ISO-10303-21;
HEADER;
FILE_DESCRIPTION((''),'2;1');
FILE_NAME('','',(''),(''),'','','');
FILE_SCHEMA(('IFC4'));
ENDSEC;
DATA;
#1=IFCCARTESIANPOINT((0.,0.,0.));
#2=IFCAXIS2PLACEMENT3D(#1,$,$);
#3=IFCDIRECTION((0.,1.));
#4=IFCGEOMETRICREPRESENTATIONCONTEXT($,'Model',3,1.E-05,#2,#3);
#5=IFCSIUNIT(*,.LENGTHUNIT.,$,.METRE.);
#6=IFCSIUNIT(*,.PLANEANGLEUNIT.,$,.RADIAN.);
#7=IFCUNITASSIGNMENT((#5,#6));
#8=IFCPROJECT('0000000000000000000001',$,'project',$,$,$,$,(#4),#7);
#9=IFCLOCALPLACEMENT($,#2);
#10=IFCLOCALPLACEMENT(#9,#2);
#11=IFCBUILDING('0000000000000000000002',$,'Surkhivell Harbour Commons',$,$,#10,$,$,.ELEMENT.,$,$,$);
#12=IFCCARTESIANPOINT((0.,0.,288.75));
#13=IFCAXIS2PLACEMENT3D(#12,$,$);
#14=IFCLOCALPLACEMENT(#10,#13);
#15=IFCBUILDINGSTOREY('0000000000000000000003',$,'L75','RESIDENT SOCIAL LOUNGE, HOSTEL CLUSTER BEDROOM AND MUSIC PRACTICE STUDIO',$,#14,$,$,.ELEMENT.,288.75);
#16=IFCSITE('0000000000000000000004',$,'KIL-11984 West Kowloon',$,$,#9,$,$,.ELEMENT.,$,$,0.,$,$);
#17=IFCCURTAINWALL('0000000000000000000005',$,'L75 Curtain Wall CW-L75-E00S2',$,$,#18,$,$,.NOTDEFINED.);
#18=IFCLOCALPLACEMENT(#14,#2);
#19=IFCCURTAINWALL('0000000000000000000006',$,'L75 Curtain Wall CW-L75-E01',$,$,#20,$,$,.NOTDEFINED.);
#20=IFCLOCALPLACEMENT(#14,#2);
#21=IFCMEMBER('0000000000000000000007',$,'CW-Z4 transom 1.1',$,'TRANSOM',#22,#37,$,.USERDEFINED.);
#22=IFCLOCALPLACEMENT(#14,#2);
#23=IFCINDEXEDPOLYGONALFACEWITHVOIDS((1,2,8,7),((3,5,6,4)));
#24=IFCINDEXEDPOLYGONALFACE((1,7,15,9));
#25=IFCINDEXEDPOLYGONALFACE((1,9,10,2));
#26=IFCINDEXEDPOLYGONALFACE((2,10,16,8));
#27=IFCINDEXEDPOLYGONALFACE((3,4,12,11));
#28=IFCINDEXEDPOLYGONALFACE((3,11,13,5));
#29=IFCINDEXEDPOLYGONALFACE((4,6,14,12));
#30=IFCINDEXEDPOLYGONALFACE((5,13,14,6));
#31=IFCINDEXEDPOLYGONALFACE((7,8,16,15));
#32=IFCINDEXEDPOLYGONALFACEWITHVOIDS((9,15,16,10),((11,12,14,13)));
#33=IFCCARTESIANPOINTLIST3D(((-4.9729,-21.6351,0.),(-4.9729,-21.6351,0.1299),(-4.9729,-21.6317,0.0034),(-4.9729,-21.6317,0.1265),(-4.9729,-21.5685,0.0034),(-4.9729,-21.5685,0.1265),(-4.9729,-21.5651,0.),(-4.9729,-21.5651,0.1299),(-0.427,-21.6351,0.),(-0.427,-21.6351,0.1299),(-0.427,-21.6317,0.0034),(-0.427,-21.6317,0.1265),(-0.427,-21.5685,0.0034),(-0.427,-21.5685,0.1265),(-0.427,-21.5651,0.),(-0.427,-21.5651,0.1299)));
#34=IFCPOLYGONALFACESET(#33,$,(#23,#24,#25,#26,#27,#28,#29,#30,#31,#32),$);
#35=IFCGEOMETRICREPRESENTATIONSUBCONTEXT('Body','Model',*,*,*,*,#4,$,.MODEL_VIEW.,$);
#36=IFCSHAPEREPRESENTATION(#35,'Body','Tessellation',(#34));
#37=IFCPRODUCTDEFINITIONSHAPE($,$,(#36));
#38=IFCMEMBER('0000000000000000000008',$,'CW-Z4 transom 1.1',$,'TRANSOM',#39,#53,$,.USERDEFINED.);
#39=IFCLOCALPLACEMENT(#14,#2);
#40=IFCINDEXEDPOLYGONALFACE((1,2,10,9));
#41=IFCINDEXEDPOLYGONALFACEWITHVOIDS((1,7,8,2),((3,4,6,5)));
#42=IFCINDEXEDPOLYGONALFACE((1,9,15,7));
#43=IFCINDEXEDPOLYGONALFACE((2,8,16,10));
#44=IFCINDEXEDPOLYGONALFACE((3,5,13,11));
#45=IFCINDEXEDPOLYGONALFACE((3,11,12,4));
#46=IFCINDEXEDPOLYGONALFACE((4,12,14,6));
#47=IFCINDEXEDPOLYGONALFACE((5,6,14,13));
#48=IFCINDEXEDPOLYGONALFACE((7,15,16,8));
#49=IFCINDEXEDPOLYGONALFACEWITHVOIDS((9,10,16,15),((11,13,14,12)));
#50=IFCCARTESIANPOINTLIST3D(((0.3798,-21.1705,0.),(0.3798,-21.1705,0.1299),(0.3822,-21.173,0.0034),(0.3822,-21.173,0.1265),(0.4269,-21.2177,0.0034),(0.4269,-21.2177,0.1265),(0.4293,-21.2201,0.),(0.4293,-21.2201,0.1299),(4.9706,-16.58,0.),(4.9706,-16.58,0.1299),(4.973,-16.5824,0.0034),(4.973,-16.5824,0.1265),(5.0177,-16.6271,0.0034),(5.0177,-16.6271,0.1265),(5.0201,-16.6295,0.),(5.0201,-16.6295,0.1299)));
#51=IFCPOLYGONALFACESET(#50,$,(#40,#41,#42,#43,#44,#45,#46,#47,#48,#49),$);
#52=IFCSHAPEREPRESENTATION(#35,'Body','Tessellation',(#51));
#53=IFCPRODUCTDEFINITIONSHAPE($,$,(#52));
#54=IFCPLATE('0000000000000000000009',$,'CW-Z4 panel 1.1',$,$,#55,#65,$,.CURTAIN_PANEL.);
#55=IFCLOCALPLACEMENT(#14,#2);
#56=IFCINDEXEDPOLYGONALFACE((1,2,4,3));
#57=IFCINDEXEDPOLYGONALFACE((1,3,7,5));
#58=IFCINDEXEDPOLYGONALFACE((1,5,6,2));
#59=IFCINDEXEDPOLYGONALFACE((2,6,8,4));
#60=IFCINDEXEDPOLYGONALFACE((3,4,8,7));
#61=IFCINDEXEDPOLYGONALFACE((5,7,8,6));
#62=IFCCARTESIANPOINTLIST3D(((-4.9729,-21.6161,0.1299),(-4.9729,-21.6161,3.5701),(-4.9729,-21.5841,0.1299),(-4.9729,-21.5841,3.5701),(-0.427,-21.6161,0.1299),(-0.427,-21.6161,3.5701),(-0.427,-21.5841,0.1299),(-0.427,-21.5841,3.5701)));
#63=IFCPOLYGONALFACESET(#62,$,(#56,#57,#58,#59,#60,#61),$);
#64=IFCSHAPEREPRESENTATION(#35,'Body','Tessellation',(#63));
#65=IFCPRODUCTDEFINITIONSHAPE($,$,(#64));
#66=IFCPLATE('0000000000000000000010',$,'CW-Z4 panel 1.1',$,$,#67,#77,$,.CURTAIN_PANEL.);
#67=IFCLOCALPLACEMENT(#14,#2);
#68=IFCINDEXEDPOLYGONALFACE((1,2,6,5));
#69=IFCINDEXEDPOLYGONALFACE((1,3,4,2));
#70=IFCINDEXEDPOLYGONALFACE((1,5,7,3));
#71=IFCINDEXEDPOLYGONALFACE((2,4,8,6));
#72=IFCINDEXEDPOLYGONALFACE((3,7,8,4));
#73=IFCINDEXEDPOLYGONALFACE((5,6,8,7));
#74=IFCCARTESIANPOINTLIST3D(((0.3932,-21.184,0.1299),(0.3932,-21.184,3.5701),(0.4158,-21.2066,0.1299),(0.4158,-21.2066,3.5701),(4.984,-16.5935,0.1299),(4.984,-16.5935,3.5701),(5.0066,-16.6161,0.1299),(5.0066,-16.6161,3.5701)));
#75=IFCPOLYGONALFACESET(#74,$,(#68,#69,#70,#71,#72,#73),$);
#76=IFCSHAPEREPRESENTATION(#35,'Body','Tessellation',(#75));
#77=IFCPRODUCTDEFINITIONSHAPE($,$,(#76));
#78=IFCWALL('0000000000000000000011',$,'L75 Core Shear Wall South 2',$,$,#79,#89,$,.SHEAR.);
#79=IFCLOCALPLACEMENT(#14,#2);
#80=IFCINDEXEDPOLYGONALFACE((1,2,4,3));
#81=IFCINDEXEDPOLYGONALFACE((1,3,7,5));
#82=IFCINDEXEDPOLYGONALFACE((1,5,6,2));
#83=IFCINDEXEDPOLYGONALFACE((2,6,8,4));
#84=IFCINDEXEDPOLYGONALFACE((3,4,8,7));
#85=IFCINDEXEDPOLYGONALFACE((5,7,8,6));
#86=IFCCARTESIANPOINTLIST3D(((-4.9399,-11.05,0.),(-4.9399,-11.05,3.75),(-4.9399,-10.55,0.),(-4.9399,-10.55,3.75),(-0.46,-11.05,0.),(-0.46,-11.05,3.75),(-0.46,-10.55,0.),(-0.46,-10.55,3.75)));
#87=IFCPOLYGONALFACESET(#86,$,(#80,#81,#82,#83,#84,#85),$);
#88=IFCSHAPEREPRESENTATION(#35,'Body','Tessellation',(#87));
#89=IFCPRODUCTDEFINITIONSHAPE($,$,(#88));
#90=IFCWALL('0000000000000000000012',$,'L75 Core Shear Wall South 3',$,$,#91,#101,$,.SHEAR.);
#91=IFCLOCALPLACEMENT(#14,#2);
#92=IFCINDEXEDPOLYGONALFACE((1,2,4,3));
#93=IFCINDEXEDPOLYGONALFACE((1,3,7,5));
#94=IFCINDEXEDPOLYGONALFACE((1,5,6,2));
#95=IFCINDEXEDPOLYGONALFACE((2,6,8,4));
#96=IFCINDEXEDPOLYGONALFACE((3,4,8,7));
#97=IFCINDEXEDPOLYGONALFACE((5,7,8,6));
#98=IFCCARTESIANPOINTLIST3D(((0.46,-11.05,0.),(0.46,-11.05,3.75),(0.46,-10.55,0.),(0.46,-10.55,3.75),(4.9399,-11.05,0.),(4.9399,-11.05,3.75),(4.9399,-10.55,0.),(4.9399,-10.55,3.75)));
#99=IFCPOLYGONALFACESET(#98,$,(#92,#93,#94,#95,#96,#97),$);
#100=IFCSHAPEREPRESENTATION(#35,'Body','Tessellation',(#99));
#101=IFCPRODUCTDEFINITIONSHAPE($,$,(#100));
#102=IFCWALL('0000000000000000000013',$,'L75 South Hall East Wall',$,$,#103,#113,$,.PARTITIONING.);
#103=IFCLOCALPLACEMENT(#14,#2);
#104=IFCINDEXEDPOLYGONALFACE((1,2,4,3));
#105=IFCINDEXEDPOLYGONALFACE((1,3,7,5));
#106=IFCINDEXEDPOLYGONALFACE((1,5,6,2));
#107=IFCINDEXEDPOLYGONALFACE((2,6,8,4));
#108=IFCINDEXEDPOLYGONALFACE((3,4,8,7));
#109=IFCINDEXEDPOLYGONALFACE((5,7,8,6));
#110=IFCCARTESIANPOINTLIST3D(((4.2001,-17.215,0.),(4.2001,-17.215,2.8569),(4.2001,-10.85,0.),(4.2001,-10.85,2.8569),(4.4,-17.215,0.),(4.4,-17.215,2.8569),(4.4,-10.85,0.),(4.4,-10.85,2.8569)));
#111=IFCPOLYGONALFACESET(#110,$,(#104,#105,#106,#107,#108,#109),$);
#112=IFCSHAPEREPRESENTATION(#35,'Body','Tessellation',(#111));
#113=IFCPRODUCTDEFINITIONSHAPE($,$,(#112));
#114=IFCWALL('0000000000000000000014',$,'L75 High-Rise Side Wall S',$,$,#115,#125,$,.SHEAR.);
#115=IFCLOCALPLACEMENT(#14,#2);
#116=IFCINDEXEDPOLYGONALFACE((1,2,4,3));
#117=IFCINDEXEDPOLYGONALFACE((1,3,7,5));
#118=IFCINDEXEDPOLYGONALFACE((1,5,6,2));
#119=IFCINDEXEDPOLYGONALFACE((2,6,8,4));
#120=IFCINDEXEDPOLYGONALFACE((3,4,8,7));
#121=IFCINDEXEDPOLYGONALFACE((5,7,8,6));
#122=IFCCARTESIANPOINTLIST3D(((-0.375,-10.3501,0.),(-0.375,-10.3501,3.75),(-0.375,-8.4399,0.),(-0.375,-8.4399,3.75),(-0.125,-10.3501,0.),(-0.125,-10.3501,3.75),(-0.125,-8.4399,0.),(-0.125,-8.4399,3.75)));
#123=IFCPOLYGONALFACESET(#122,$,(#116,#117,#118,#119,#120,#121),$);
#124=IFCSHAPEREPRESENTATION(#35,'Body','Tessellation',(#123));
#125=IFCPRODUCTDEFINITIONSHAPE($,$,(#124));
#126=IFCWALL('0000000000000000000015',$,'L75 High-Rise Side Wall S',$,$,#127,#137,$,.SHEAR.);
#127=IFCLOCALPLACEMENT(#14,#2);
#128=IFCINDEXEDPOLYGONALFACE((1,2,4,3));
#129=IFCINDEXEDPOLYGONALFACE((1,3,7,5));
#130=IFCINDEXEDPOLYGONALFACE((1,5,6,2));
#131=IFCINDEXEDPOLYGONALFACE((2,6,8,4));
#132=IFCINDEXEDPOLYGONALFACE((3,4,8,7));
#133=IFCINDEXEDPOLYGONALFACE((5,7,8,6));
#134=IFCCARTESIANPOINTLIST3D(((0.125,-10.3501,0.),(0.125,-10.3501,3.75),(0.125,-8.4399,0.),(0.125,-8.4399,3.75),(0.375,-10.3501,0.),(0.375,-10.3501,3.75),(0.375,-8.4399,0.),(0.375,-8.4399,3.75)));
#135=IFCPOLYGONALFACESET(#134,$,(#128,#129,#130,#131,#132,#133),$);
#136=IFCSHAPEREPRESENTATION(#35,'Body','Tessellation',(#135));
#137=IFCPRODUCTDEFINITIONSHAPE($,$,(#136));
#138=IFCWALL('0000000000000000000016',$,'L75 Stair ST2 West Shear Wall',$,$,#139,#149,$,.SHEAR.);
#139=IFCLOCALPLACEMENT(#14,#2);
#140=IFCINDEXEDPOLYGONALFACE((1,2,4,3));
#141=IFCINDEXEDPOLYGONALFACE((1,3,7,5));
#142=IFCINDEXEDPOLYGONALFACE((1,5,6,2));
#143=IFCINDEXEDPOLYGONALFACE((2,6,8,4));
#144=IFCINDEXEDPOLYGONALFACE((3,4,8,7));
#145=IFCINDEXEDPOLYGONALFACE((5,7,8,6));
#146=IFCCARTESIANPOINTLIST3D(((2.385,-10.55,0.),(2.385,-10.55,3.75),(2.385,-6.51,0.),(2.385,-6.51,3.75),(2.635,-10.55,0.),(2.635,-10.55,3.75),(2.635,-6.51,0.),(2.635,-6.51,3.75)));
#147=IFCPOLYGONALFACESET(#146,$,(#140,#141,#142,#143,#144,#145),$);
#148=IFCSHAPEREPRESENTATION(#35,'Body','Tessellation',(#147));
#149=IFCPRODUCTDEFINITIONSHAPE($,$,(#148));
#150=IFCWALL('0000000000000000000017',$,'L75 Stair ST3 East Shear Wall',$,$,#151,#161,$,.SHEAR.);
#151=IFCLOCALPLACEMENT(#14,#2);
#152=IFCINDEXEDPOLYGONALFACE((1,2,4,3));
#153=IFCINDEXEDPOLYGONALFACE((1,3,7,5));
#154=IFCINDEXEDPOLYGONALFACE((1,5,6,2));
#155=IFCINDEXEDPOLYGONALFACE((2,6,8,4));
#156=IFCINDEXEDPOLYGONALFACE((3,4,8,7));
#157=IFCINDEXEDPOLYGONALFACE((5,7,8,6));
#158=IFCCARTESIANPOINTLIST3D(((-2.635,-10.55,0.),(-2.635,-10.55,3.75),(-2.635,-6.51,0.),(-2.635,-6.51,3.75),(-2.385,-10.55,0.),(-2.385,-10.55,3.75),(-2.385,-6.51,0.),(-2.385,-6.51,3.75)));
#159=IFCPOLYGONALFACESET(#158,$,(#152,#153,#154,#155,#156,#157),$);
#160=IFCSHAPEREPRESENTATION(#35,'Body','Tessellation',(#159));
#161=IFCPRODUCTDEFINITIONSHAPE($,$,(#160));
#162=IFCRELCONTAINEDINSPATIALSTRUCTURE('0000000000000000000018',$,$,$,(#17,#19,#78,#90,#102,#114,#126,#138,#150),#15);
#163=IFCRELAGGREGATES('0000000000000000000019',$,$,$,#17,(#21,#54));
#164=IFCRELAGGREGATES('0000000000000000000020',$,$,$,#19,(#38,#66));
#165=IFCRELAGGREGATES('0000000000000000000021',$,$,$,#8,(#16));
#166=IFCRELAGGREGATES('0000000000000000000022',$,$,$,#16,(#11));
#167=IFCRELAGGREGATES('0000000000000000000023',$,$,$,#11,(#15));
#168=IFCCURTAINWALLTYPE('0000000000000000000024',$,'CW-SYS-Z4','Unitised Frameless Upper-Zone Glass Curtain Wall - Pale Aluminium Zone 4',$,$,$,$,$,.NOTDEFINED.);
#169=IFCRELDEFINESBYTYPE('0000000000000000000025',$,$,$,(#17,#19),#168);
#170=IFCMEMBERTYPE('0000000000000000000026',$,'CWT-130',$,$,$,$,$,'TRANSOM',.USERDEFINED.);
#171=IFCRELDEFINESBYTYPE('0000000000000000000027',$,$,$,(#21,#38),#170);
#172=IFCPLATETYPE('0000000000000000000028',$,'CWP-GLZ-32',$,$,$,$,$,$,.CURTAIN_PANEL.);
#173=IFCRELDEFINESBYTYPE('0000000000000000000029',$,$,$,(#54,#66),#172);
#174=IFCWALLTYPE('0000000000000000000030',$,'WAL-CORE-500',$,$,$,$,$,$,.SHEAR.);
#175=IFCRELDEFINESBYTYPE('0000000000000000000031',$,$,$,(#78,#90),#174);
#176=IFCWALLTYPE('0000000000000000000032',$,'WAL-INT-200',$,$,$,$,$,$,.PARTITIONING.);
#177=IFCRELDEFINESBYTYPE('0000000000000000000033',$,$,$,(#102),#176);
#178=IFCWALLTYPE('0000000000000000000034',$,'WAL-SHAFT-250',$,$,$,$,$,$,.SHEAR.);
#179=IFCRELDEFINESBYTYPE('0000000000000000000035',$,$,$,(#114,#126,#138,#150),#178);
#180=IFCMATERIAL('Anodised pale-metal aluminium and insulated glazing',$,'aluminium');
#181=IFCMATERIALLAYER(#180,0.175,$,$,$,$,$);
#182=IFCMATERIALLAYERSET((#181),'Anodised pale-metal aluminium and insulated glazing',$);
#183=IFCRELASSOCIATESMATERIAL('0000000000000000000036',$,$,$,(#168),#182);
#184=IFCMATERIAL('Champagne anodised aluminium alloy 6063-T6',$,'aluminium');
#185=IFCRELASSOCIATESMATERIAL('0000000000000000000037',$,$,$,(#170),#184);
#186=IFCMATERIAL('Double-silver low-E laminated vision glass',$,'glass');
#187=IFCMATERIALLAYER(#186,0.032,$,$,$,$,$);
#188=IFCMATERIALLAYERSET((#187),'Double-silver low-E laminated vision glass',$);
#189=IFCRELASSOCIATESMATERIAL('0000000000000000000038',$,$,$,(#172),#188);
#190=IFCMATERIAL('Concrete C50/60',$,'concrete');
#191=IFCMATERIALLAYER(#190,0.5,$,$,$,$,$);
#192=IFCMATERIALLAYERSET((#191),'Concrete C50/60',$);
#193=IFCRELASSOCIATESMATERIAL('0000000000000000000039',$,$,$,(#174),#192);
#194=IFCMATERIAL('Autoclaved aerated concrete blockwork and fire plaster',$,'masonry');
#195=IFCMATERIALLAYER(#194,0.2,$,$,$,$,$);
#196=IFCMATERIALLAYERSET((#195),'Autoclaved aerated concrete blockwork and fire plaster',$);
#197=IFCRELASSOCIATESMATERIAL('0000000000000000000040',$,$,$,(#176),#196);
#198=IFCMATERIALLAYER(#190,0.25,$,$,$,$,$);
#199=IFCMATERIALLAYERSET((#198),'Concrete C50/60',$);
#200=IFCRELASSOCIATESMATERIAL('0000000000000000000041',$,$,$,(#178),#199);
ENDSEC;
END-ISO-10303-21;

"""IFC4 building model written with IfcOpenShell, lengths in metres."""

from ifc_helpers import new_model, si_unit, direction, frame, frame_2d, origin, origin_2d, place, context, subcontext, project, spatial, rectangle, hollow_rectangle, extrude, material, layer, layer_set, material_profile, profile_set, type_object, element, aggregate, save


model = new_model("IFC4")

# Units and contexts
model_context = context("Model", 3, precision=1e-05, world=origin(), true_north=direction((0.0, 1.0)))
body_context = subcontext(model_context, "Body", "Model", "MODEL_VIEW")
ifc_project = project(units=[si_unit("LENGTHUNIT", "METRE"), si_unit("PLANEANGLEUNIT", "RADIAN")], contexts=[model_context])

# Site, building, storey
site_placement = place(None, origin())
site = spatial("IfcSite", under=ifc_project, at=site_placement, Name="KIL-11984 West Kowloon", CompositionType="ELEMENT", RefElevation=0.0)
building_placement = place(site_placement, origin())
building = spatial("IfcBuilding", under=site, at=building_placement, Name="Surkhivell Harbour Commons", CompositionType="ELEMENT")
storey_placement = place(building_placement, frame((0.0, 0.0, 288.75)))
storey = spatial("IfcBuildingStorey", under=building, at=storey_placement, Name="L75", Description="RESIDENT SOCIAL LOUNGE, HOSTEL CLUSTER BEDROOM AND MUSIC PRACTICE STUDIO", CompositionType="ELEMENT", Elevation=288.75)

# Shared definitions
ifc_material_1 = material(Name="Concrete C50/60", Category="concrete")

# Curtain wall
ifc_material_2 = material(Name="Anodised pale-metal aluminium and insulated glazing", Category="aluminium")
ifc_layer_1 = layer(ifc_material_2, 0.175)
ifc_layer_set_1 = layer_set([ifc_layer_1], Name="Anodised pale-metal aluminium and insulated glazing")
curtain_wall_type = type_object("IfcCurtainWallType", Name="CW-SYS-Z4", Description="Unitised Frameless Upper-Zone Glass Curtain Wall - Pale Aluminium Zone 4", PredefinedType="NOTDEFINED", material=ifc_layer_set_1)
curtain_wall_1_placement = place(storey_placement, origin())
curtain_wall_1 = element("IfcCurtainWall", 1, at=curtain_wall_1_placement, inside=storey, type_object=curtain_wall_type, Name="L75 Curtain Wall CW-L75-E00S2", PredefinedType="NOTDEFINED")

# Curtain wall
curtain_wall_2_placement = place(storey_placement, origin())
curtain_wall_2 = element("IfcCurtainWall", 2, at=curtain_wall_2_placement, inside=storey, type_object=curtain_wall_type, Name="L75 Curtain Wall CW-L75-E01", PredefinedType="NOTDEFINED")

# Members
ifc_material_3 = material(Name="Champagne anodised aluminium alloy 6063-T6", Category="aluminium")
ifc_material_profile_1 = material_profile(ifc_material_3, hollow_rectangle(XDim=0.0701, YDim=0.1299, WallThickness=0.0034, at=origin_2d()), Name="ALU-TRAN-70x130")
ifc_profile_set_1 = profile_set([ifc_material_profile_1], Name="Champagne anodised aluminium alloy 6063-T6")
member_type_1 = type_object("IfcMemberType", Name="CWT-130", ElementType="TRANSOM", PredefinedType="USERDEFINED", material=ifc_profile_set_1)
member_1_placement = place(storey_placement, frame((-4.9729, -21.6001, 0.0649), z_axis=(1.0, 0.0, 0.0), x_axis=(0.0, 1.0, 0.0)))
member_1 = element("IfcMember", 3, at=member_1_placement, type_object=member_type_1, Name="CW-Z4 transom 1.1", ObjectType="TRANSOM", PredefinedType="USERDEFINED", context=body_context, shape_type="SweptSolid", body=[
    extrude(hollow_rectangle(XDim=0.0701, YDim=0.1299, WallThickness=0.0034, at=origin_2d()), origin(), (0.0, 0.0, 1.0), 4.5459),
])
member_2_placement = place(storey_placement, frame((0.4045, -21.1953, 0.0649), z_axis=(0.707126, 0.707088, 0.0), x_axis=(-0.707088, 0.707126, 0.0)))
member_2 = element("IfcMember", 4, at=member_2_placement, type_object=member_type_1, Name="CW-Z4 transom 1.1", ObjectType="TRANSOM", PredefinedType="USERDEFINED", context=body_context, shape_type="SweptSolid", body=[
    extrude(hollow_rectangle(XDim=0.0701, YDim=0.1299, WallThickness=0.0034, at=origin_2d()), origin(), (0.0, 0.0, 1.0), 6.4922),
])

# Plates
ifc_material_4 = material(Name="Double-silver low-E laminated vision glass", Category="glass")
ifc_layer_2 = layer(ifc_material_4, 0.032)
ifc_layer_set_2 = layer_set([ifc_layer_2], Name="Double-silver low-E laminated vision glass")
plate_type = type_object("IfcPlateType", Name="CWP-GLZ-32", PredefinedType="CURTAIN_PANEL", material=ifc_layer_set_2)
plate_1_placement = place(storey_placement, frame((-4.9729, -21.6001, 0.1299), z_axis=(0.0, 0.0, 1.0), x_axis=(1.0, 0.0, 0.0)))
plate_1 = element("IfcPlate", 5, at=plate_1_placement, type_object=plate_type, Name="CW-Z4 panel 1.1", PredefinedType="CURTAIN_PANEL", context=body_context, shape_type="SweptSolid", body=[
    extrude(rectangle(XDim=4.5459, YDim=0.032, at=frame_2d((2.2729, 0.0))), origin(), (0.0, 0.0, 1.0), 3.4402),
])
aggregate(curtain_wall_1, [member_1, plate_1])
plate_2_placement = place(storey_placement, frame((0.4045, -21.1953, 0.1299), z_axis=(0.0, 0.0, 1.0), x_axis=(0.707126, 0.707088, 0.0)))
plate_2 = element("IfcPlate", 6, at=plate_2_placement, type_object=plate_type, Name="CW-Z4 panel 1.1", PredefinedType="CURTAIN_PANEL", context=body_context, shape_type="SweptSolid", body=[
    extrude(rectangle(XDim=6.4922, YDim=0.032, at=frame_2d((3.2461, 0.0))), origin(), (0.0, 0.0, 1.0), 3.4402),
])
aggregate(curtain_wall_2, [member_2, plate_2])

# Walls
ifc_layer_3 = layer(ifc_material_1, 0.5)
ifc_layer_set_3 = layer_set([ifc_layer_3], Name="Concrete C50/60")
wall_type_1 = type_object("IfcWallType", Name="WAL-CORE-500", PredefinedType="SHEAR", material=ifc_layer_set_3)
for number, where, z_axis, x_axis, name in (
    (7, (-4.9399, -10.8, 0.0), (0.0, 0.0, 1.0), (1.0, 0.0, 0.0), "L75 Core Shear Wall South 2"),
    (8, (0.46, -10.8, 0.0), (0.0, 0.0, 1.0), (1.0, 0.0, 0.0), "L75 Core Shear Wall South 3"),
):
    element("IfcWall", number, at=place(storey_placement, frame(where, z_axis=z_axis, x_axis=x_axis)), inside=storey, type_object=wall_type_1, Name=name, PredefinedType="SHEAR", context=body_context, shape_type="SweptSolid", body=[
        extrude(rectangle(XDim=4.48, YDim=0.5, at=frame_2d((2.24, 0.0))), origin(), (0.0, 0.0, 1.0), 3.75),
    ])
ifc_material_5 = material(Name="Autoclaved aerated concrete blockwork and fire plaster", Category="masonry")
ifc_layer_4 = layer(ifc_material_5, 0.2)
ifc_layer_set_4 = layer_set([ifc_layer_4], Name="Autoclaved aerated concrete blockwork and fire plaster")
wall_type_2 = type_object("IfcWallType", Name="WAL-INT-200", PredefinedType="PARTITIONING", material=ifc_layer_set_4)
wall_placement = place(storey_placement, frame((4.3, -17.2151, 0.0), z_axis=(0.0, 0.0, 1.0), x_axis=(0.0, 1.0, 0.0)))
element("IfcWall", 9, at=wall_placement, inside=storey, type_object=wall_type_2, Name="L75 South Hall East Wall", PredefinedType="PARTITIONING", context=body_context, shape_type="SweptSolid", body=[
    extrude(rectangle(XDim=6.365, YDim=0.2, at=frame_2d((3.1826, 0.0))), origin(), (0.0, 0.0, 1.0), 2.8569),
])
ifc_layer_5 = layer(ifc_material_1, 0.25)
ifc_layer_set_5 = layer_set([ifc_layer_5], Name="Concrete C50/60")
wall_type_3 = type_object("IfcWallType", Name="WAL-SHAFT-250", PredefinedType="SHEAR", material=ifc_layer_set_5)
for number, where, z_axis, x_axis, name in (
    (10, (-0.25, -10.3501, 0.0), (0.0, 0.0, 1.0), (0.0, 1.0, 0.0), "L75 High-Rise Side Wall S"),
    (11, (0.25, -10.3501, 0.0), (0.0, 0.0, 1.0), (0.0, 1.0, 0.0), "L75 High-Rise Side Wall S"),
):
    element("IfcWall", number, at=place(storey_placement, frame(where, z_axis=z_axis, x_axis=x_axis)), inside=storey, type_object=wall_type_3, Name=name, PredefinedType="SHEAR", context=body_context, shape_type="SweptSolid", body=[
        extrude(rectangle(XDim=1.9102, YDim=0.25, at=frame_2d((0.9551, 0.0))), origin(), (0.0, 0.0, 1.0), 3.75),
    ])
for number, where, z_axis, x_axis, name in (
    (12, (2.51, -10.55, 0.0), (0.0, 0.0, 1.0), (0.0, 1.0, 0.0), "L75 Stair ST2 West Shear Wall"),
    (13, (-2.51, -10.55, 0.0), (0.0, 0.0, 1.0), (0.0, 1.0, 0.0), "L75 Stair ST3 East Shear Wall"),
):
    element("IfcWall", number, at=place(storey_placement, frame(where, z_axis=z_axis, x_axis=x_axis)), inside=storey, type_object=wall_type_3, Name=name, PredefinedType="SHEAR", context=body_context, shape_type="SweptSolid", body=[
        extrude(rectangle(XDim=4.04, YDim=0.25, at=frame_2d((2.02, 0.0))), origin(), (0.0, 0.0, 1.0), 3.75),
    ])

save(model, "model.ifc")
